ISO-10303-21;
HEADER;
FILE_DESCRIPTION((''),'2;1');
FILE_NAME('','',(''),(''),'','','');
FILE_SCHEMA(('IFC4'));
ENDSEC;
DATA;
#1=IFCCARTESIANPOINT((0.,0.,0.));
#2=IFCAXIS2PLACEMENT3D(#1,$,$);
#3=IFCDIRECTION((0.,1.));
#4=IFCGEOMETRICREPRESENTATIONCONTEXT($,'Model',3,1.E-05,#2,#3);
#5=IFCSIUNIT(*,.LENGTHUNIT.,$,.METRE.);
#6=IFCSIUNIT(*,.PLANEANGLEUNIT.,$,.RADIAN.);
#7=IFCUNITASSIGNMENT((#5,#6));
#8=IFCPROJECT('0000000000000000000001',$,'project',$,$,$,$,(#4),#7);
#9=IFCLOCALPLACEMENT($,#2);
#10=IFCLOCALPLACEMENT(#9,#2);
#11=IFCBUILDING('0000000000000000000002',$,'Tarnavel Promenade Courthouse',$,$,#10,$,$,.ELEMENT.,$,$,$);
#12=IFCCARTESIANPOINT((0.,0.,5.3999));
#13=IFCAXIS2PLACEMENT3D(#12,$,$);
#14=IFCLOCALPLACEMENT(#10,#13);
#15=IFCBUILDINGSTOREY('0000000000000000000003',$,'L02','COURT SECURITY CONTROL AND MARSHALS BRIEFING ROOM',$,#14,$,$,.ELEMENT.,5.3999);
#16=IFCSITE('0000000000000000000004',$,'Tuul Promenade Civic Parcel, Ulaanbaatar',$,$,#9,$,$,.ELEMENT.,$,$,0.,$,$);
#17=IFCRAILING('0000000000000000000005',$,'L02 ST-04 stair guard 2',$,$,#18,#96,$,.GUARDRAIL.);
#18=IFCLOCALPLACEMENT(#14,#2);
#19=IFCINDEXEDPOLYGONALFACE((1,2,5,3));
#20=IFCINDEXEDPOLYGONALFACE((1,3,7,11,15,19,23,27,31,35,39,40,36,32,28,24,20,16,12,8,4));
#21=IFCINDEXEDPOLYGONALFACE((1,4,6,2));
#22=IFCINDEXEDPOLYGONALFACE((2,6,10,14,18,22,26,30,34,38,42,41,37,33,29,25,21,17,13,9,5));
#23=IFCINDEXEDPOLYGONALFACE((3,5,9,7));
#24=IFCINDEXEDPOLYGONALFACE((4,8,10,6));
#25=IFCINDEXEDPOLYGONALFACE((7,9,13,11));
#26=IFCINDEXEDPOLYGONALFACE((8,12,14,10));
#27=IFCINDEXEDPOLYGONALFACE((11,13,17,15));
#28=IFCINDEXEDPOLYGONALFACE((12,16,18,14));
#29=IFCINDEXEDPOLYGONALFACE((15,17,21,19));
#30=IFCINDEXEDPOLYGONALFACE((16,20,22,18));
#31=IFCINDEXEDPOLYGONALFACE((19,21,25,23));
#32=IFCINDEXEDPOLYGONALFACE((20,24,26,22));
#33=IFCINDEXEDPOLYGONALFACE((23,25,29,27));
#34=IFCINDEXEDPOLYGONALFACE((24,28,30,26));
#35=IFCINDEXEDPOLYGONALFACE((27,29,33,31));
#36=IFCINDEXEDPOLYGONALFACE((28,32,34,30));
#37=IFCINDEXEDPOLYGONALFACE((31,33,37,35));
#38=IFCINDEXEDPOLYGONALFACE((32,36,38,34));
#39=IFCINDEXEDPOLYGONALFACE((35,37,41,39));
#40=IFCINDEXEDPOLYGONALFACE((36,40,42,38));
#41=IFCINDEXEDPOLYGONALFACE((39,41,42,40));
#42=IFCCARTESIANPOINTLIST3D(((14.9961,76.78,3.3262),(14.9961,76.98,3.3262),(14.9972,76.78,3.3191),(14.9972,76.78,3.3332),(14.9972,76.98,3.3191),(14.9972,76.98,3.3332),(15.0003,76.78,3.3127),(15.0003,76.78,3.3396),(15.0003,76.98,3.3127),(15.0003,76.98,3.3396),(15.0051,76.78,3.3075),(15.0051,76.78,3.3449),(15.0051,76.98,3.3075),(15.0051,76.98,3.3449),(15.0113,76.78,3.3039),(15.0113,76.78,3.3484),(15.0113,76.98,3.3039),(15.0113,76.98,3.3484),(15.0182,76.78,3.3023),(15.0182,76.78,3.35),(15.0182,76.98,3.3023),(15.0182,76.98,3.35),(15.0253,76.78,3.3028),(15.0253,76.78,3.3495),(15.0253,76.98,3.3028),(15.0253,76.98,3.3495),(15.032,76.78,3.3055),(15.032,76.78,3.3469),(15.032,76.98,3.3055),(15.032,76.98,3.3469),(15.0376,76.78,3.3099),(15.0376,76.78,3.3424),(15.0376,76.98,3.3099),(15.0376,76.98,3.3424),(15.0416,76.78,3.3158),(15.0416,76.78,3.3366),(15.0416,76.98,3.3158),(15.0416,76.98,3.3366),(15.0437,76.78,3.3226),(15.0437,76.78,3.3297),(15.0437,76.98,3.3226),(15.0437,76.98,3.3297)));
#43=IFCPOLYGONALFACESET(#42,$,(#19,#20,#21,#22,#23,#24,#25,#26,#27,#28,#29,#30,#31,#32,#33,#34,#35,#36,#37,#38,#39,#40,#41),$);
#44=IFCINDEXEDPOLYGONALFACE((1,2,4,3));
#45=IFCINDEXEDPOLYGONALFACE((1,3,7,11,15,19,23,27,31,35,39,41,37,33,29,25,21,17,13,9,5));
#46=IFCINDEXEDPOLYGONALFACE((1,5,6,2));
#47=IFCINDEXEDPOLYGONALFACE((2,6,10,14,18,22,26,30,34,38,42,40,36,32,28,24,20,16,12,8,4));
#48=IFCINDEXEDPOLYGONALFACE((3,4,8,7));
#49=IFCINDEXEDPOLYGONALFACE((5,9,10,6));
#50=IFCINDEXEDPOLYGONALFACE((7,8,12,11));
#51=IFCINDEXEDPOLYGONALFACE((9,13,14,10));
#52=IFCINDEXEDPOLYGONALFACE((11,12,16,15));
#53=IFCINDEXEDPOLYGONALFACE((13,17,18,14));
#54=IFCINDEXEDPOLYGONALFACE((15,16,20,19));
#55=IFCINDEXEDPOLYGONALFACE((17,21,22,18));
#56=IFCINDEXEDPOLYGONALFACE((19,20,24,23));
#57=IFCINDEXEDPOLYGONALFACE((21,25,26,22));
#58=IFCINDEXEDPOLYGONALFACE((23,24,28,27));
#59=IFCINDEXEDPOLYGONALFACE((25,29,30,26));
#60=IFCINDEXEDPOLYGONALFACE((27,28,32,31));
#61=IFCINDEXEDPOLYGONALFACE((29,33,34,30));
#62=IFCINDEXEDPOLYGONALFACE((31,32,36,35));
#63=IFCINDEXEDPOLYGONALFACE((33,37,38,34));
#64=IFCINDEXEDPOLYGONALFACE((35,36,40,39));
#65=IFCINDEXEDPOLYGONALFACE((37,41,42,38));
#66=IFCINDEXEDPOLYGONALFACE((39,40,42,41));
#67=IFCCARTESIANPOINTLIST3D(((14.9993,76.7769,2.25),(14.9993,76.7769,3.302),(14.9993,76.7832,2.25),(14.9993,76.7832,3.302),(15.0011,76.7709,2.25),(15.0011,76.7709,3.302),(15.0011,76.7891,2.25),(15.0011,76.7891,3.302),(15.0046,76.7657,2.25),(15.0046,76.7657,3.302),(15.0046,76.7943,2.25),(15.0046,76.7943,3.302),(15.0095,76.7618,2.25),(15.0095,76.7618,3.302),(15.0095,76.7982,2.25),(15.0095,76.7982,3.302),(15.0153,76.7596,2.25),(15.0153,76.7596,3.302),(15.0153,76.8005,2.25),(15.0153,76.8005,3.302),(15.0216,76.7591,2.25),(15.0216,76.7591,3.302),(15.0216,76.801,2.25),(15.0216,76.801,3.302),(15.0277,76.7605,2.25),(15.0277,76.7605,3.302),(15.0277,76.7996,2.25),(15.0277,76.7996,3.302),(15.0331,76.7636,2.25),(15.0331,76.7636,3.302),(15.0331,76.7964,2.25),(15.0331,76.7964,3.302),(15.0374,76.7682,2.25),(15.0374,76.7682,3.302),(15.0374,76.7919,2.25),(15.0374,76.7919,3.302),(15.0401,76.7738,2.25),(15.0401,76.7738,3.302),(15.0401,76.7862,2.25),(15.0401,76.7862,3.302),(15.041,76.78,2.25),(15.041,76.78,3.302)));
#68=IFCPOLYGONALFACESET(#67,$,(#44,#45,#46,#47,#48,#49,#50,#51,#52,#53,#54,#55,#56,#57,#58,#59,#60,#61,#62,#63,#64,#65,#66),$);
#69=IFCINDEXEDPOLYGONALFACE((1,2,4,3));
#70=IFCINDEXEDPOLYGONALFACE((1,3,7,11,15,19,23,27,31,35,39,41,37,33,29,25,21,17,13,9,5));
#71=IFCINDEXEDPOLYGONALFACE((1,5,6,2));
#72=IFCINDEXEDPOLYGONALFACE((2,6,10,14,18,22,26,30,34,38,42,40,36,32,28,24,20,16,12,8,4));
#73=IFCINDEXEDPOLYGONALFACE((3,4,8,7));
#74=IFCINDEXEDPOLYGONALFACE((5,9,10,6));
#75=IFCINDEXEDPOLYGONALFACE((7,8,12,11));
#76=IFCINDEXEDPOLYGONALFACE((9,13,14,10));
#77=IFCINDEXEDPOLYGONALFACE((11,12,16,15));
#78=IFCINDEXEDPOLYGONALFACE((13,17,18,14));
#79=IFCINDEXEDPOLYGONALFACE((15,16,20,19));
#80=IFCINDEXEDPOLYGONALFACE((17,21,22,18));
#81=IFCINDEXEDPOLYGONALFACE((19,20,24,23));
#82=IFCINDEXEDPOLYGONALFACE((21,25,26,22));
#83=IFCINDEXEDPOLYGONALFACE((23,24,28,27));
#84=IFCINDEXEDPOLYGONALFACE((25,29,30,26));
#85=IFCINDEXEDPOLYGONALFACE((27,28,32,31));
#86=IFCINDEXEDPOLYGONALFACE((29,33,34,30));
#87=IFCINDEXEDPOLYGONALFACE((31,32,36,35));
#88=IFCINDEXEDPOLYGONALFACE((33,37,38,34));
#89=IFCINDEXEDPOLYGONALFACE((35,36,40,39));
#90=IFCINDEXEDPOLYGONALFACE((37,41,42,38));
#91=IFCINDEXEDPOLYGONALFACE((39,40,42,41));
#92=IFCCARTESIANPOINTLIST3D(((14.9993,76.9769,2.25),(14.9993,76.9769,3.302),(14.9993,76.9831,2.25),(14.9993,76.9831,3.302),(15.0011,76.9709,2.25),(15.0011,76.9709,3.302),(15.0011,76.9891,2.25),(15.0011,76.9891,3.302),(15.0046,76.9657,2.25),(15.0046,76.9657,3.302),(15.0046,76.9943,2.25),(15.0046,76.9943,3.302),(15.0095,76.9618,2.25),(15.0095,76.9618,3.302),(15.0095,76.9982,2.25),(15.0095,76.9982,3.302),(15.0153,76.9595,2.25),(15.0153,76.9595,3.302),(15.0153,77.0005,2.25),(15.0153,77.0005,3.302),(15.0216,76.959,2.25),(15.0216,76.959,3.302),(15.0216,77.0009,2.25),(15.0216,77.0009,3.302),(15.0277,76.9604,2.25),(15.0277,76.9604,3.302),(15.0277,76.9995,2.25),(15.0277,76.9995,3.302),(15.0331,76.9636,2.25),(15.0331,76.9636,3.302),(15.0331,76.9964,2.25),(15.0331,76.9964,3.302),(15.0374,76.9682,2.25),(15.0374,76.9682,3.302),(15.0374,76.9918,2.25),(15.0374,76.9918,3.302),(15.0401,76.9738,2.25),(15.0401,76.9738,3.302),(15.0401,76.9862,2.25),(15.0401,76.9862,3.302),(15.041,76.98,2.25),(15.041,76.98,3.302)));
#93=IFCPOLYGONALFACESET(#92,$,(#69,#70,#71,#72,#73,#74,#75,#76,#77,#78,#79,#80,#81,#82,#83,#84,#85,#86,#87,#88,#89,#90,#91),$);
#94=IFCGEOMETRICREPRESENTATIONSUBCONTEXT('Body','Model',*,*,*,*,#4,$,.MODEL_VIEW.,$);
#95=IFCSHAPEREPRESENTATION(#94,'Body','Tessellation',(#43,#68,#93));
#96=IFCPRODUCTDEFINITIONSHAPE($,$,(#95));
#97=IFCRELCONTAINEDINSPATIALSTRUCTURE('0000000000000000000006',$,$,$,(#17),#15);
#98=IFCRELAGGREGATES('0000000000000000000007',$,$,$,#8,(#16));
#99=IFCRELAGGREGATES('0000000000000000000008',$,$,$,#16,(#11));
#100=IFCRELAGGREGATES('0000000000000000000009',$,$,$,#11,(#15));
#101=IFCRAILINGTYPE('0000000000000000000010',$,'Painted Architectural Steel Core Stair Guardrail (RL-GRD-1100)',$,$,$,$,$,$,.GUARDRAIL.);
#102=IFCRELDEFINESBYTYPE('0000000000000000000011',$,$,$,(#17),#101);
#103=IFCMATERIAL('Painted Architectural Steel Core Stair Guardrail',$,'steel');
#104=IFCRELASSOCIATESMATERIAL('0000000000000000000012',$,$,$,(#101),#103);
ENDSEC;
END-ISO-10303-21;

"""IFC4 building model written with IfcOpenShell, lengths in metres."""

from ifc_helpers import new_model, si_unit, direction, frame, origin, origin_2d, place, context, subcontext, project, spatial, circle, extrude, material, type_object, element, save


model = new_model("IFC4")

# Units and contexts
model_context = context("Model", 3, precision=1e-05, world=origin(), true_north=direction((0.0, 1.0)))
body_context = subcontext(model_context, "Body", "Model", "MODEL_VIEW")
ifc_project = project(units=[si_unit("LENGTHUNIT", "METRE"), si_unit("PLANEANGLEUNIT", "RADIAN")], contexts=[model_context])

# Site, building, storey
site_placement = place(None, origin())
site = spatial("IfcSite", under=ifc_project, at=site_placement, Name="Tuul Promenade Civic Parcel, Ulaanbaatar", CompositionType="ELEMENT", RefElevation=0.0)
building_placement = place(site_placement, origin())
building = spatial("IfcBuilding", under=site, at=building_placement, Name="Tarnavel Promenade Courthouse", CompositionType="ELEMENT")
storey_placement = place(building_placement, frame((0.0, 0.0, 5.3999)))
storey = spatial("IfcBuildingStorey", under=building, at=storey_placement, Name="L02", Description="COURT SECURITY CONTROL AND MARSHALS BRIEFING ROOM", CompositionType="ELEMENT", Elevation=5.3999)

# Railing
ifc_material_1 = material(Name="Painted Architectural Steel Core Stair Guardrail", Category="steel")
railing_type_1 = type_object("IfcRailingType", Name="Painted Architectural Steel Core Stair Guardrail (RL-GRD-1100)", PredefinedType="GUARDRAIL", material=ifc_material_1)
railing_1_placement = place(storey_placement, frame((15.02, 76.78, 2.25)))
element("IfcRailing", 1, at=railing_1_placement, inside=storey, type_object=railing_type_1, Name="L02 ST-04 stair guard 2", PredefinedType="GUARDRAIL", context=body_context, shape_type="SweptSolid", body=[
    extrude(circle(Radius=0.0239, at=origin_2d()), frame((0.0, 0.0, 1.0762), z_axis=(0.0, 1.0, 0.0), x_axis=(-1.0, 0.0, 0.0)), (0.0, 0.0, 1.0), 0.2),
    extrude(circle(Radius=0.021, at=origin_2d()), origin(), (0.0, 0.0, 1.0), 1.052),
    extrude(circle(Radius=0.021, at=origin_2d()), frame((0.0, 0.2, 0.0)), (0.0, 0.0, 1.0), 1.052),
])

save(model, "model.ifc")
